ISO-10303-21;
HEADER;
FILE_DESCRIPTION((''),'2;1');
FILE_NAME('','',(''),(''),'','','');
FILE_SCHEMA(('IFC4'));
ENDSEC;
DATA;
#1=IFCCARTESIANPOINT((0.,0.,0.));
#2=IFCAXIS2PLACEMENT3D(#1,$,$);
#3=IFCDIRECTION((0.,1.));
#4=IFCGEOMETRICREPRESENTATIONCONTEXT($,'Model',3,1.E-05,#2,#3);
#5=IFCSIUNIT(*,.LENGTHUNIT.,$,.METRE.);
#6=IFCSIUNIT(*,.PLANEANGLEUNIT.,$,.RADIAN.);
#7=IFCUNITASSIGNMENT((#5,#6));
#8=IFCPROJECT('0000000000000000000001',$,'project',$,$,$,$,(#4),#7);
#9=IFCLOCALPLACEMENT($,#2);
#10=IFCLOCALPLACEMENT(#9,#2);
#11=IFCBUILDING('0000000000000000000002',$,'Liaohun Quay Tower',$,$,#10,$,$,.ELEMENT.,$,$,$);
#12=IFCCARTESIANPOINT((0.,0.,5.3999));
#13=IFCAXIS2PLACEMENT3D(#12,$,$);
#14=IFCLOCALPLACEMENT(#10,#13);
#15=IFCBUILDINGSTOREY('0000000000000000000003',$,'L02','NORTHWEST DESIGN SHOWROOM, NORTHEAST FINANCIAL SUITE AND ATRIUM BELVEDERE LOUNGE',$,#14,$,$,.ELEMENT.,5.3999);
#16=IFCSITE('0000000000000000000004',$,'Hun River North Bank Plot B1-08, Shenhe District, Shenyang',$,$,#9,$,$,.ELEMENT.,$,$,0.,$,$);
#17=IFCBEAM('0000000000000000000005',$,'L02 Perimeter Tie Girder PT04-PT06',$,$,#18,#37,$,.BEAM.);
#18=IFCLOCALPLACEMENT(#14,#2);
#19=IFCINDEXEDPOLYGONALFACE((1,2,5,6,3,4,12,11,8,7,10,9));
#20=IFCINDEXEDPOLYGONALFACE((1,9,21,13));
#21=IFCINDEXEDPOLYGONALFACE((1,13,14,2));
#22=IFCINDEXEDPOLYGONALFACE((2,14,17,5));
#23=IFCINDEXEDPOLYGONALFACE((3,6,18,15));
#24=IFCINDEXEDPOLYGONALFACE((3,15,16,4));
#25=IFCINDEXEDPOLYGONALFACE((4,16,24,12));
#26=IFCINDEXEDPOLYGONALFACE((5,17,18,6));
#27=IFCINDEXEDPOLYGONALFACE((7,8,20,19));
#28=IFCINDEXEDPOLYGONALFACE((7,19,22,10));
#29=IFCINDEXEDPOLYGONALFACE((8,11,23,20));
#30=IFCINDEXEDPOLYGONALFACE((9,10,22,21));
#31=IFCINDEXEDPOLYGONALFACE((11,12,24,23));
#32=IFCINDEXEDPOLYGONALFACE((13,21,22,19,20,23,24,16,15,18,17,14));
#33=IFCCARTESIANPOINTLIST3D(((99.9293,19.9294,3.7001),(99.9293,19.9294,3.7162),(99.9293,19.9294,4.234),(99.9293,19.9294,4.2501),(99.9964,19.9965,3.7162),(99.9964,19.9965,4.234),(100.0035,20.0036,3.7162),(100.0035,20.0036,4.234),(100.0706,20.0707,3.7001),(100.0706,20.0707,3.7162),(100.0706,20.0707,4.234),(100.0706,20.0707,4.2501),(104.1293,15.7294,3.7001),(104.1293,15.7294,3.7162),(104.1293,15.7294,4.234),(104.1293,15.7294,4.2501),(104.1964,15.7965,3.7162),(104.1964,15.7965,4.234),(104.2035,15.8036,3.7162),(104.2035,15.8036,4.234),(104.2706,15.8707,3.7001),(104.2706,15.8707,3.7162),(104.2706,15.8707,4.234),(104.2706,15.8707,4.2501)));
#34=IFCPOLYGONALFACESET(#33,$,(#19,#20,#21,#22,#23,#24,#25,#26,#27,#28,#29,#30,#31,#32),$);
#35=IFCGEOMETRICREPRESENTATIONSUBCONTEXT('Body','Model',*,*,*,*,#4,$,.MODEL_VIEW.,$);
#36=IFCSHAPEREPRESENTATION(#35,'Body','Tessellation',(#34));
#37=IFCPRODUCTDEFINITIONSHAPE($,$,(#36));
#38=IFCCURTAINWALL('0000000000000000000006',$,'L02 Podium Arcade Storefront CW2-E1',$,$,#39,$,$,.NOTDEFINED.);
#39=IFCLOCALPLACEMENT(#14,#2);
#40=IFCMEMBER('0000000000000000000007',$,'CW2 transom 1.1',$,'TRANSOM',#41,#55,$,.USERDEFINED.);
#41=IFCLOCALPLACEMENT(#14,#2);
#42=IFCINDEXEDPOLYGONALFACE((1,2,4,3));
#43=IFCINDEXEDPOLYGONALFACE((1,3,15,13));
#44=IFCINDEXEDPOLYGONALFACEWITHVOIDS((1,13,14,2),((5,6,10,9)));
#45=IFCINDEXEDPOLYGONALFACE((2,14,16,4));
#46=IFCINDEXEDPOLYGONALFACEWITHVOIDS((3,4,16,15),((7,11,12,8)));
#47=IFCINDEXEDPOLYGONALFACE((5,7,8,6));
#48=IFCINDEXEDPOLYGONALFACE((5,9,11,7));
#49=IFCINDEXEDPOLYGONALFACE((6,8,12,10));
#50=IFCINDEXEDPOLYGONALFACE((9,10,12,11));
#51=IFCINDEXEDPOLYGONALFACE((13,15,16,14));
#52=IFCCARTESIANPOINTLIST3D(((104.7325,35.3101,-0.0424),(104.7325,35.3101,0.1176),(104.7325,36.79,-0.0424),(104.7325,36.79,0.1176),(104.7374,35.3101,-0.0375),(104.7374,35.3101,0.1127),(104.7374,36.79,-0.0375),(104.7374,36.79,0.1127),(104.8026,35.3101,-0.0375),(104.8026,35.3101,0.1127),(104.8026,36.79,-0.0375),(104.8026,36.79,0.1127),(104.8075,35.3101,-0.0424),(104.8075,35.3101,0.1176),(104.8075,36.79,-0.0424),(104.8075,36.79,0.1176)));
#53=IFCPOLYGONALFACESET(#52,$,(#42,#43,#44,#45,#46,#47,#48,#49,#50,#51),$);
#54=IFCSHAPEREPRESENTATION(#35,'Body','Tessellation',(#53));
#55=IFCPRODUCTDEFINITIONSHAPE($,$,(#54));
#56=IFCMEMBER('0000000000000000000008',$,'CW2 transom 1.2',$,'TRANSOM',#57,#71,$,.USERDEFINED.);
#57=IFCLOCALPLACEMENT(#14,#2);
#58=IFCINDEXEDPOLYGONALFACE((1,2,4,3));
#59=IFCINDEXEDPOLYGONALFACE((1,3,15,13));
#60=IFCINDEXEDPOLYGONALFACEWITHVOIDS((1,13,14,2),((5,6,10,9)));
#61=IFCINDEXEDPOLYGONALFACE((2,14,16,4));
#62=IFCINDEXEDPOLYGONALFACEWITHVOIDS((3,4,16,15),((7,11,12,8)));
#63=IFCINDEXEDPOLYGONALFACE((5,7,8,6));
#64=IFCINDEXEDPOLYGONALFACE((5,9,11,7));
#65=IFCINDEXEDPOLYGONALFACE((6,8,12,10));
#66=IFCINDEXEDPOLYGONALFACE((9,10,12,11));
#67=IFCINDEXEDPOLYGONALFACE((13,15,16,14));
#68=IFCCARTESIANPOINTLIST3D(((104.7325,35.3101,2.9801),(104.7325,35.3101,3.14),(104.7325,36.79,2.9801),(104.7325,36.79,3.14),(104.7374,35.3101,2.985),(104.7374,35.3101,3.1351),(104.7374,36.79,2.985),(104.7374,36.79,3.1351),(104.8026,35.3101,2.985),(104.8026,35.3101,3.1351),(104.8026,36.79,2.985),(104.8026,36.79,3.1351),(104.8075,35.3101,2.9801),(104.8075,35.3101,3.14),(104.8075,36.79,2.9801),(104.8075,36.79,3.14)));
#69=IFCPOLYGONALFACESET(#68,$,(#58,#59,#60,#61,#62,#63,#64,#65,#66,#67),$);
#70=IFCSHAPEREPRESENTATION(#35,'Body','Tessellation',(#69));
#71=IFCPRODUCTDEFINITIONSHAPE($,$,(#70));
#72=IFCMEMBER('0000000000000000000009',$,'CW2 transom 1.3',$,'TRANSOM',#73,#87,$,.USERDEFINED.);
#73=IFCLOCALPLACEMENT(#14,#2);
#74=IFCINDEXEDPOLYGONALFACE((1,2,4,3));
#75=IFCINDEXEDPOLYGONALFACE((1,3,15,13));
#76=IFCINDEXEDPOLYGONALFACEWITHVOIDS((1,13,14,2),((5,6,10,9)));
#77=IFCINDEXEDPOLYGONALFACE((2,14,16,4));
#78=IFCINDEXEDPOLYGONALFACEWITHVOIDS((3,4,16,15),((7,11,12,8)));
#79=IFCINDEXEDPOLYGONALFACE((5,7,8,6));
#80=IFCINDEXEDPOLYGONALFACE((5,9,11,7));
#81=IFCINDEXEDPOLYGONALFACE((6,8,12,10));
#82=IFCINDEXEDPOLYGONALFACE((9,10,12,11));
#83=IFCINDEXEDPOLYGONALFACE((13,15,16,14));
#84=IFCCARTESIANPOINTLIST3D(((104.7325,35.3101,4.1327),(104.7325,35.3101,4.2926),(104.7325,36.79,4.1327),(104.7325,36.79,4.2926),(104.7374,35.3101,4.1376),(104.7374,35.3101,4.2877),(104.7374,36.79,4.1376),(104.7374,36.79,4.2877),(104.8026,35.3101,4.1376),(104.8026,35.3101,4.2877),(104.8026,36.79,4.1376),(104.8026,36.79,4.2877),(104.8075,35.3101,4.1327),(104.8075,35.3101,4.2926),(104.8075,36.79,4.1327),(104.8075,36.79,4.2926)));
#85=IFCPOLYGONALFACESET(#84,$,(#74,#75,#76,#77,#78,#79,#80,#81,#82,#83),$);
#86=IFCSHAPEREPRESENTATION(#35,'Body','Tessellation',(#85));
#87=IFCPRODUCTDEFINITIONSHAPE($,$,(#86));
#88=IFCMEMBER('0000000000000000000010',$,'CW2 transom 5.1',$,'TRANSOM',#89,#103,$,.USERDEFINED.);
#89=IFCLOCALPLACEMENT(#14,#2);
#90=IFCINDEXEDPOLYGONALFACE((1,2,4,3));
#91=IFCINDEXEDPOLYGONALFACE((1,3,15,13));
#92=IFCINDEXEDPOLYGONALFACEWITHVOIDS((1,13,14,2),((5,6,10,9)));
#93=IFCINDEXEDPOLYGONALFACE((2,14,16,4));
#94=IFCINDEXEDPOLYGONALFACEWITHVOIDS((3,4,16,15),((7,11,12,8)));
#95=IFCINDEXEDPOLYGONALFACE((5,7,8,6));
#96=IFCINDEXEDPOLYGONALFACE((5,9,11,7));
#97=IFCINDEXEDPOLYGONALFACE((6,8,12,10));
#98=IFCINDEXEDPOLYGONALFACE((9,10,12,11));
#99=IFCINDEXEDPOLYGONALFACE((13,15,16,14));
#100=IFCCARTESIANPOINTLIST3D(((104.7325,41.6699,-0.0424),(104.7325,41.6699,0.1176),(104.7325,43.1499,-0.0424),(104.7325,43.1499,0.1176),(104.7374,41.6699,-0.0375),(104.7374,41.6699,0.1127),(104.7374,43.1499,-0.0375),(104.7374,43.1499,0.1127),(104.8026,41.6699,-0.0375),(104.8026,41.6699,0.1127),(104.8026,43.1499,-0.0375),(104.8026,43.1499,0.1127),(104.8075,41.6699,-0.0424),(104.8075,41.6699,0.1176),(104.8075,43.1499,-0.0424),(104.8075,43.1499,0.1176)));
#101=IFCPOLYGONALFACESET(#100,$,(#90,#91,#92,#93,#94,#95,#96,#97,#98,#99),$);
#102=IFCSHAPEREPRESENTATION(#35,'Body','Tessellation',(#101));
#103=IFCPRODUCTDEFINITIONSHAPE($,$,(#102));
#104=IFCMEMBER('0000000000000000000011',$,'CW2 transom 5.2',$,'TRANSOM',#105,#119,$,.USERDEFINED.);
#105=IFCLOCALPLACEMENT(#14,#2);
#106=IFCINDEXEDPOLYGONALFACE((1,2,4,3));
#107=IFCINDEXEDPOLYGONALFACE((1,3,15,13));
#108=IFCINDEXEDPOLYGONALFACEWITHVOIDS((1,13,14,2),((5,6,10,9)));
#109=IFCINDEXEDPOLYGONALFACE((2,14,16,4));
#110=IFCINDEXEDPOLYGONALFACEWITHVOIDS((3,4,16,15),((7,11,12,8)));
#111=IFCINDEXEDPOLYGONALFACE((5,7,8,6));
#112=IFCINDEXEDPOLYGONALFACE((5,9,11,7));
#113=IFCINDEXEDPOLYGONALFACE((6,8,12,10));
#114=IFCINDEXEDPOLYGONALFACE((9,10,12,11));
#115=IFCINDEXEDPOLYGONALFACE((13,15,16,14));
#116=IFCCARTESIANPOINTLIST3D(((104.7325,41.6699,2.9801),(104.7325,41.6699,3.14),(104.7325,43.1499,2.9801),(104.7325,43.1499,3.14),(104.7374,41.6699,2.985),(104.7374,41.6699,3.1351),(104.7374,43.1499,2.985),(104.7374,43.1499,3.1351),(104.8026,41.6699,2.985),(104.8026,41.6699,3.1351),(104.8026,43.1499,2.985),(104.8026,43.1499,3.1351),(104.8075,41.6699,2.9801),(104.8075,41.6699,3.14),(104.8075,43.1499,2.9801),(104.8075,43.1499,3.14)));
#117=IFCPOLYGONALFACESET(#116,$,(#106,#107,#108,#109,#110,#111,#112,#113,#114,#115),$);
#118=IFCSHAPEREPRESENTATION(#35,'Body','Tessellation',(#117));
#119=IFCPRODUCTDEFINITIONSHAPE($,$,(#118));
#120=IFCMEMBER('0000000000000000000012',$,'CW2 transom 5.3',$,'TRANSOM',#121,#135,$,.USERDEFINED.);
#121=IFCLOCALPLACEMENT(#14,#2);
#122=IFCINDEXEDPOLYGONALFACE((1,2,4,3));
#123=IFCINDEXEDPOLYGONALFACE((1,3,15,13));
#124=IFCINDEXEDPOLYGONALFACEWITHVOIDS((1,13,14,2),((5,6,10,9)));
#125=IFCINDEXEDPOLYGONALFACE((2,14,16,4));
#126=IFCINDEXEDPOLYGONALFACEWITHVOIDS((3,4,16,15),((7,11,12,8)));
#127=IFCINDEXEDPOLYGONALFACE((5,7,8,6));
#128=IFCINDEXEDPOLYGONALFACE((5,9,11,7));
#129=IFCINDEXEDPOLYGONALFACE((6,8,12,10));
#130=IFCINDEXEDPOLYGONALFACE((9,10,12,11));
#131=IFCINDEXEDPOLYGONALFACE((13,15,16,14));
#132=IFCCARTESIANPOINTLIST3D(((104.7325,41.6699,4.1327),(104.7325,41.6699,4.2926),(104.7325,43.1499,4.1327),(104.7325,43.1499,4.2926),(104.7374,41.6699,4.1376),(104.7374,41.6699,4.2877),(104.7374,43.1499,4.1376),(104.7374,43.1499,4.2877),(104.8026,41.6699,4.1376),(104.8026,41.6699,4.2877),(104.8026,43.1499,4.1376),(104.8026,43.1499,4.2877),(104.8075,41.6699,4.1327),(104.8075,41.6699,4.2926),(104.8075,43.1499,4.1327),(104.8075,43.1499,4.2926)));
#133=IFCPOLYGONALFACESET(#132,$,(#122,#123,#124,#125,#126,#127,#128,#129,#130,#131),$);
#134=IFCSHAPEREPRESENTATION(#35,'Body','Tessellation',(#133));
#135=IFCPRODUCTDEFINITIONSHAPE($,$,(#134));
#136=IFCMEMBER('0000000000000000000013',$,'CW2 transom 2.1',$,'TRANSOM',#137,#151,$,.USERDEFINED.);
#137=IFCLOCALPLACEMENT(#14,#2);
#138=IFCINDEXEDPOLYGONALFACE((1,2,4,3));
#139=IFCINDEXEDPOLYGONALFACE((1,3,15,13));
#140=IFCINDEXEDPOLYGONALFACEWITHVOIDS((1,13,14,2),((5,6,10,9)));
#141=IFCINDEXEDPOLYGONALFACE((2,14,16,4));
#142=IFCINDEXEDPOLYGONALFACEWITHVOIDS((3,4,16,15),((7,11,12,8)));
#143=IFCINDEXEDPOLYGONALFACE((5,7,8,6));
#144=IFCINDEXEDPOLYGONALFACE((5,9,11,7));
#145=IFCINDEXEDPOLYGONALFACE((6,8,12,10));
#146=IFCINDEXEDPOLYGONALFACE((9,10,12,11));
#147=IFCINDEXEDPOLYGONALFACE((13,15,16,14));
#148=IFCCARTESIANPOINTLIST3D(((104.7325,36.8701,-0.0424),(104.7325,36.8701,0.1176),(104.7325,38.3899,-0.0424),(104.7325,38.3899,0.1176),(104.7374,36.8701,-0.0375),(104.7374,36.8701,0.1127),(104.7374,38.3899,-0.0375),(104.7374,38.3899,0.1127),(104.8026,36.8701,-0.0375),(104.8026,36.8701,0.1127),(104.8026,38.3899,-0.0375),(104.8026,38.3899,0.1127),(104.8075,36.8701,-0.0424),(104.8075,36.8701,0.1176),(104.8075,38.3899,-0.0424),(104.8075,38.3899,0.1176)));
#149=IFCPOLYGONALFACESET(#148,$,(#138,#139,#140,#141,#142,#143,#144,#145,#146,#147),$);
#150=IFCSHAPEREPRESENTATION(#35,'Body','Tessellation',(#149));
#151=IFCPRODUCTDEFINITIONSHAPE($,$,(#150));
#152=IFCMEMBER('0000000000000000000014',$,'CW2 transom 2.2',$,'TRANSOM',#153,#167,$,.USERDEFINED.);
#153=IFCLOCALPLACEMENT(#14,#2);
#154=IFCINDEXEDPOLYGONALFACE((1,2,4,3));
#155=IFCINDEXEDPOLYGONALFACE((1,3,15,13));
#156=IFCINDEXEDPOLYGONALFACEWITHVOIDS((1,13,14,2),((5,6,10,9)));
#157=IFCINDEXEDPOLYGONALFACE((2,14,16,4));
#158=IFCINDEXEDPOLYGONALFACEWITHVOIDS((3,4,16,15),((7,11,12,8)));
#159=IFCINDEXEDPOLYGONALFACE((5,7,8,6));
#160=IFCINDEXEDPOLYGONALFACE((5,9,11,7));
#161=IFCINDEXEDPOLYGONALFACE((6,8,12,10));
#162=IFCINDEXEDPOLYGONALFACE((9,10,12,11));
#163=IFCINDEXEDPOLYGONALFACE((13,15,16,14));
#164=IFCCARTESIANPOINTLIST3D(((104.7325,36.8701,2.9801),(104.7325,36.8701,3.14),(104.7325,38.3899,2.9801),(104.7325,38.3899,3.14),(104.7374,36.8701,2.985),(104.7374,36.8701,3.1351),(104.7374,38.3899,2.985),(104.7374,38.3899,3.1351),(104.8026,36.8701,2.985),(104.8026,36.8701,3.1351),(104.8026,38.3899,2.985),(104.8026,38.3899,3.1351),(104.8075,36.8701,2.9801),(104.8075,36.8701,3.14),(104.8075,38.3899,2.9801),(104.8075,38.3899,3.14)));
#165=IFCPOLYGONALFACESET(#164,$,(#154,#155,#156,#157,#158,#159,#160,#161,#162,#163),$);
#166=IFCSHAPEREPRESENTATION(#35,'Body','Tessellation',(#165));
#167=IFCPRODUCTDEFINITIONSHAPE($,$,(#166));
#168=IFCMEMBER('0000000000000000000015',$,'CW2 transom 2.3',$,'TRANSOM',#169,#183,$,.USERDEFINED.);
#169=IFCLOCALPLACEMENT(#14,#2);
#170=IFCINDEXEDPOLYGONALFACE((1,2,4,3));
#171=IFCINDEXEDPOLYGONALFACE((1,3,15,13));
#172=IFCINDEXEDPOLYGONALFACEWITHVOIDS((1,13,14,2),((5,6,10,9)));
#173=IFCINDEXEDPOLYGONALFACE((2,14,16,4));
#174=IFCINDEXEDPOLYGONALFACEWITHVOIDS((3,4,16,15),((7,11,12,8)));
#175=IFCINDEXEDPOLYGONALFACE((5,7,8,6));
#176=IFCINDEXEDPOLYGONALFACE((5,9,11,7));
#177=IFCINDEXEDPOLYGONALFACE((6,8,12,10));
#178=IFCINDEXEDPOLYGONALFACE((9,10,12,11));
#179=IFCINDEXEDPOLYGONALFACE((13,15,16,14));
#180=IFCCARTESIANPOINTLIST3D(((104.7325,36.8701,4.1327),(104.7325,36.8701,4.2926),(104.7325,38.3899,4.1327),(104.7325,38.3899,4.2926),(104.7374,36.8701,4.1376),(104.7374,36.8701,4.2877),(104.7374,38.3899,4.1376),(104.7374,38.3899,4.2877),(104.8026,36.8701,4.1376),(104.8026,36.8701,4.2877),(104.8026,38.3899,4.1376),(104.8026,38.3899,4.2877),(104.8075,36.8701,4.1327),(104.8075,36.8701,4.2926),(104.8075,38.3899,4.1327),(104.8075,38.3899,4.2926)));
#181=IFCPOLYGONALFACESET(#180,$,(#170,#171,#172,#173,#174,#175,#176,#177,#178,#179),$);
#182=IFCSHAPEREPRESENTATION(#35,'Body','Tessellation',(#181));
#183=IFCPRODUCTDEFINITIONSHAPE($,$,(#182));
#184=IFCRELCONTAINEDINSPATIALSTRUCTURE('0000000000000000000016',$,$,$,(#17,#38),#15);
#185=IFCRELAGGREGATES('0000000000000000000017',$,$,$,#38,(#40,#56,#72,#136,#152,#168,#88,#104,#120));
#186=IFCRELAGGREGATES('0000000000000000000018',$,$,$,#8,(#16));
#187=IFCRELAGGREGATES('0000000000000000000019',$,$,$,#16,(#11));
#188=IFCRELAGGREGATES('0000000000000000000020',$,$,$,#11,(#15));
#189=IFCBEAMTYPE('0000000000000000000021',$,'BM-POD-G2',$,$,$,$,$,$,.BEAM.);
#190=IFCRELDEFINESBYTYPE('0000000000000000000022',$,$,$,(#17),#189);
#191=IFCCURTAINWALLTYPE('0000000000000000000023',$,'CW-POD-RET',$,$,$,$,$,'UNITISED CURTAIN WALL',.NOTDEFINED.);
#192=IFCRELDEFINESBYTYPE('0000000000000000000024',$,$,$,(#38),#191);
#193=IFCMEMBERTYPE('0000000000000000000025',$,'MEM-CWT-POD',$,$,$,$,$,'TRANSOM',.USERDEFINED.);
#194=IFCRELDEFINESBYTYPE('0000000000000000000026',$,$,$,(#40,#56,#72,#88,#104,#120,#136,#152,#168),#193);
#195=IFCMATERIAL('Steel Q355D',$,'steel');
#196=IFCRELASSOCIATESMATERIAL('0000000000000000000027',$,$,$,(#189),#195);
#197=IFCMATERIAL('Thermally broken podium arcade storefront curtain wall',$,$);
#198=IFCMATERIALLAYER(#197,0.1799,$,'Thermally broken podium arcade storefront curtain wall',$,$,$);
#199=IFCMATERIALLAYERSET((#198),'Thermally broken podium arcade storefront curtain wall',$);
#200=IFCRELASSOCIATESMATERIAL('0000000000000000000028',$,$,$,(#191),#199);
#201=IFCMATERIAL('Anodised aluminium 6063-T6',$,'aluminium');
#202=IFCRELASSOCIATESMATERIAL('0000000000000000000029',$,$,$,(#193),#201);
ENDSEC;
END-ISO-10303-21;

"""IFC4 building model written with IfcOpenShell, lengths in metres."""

from ifc_helpers import new_model, si_unit, direction, frame, origin, origin_2d, place, context, subcontext, project, spatial, hollow_rectangle, i_section, extrude, source, transform, mapped, material, layer, layer_set, material_profile, profile_set, type_object, element, aggregate, save


model = new_model("IFC4")

# Units and contexts
model_context = context("Model", 3, precision=1e-05, world=origin(), true_north=direction((0.0, 1.0)))
body_context = subcontext(model_context, "Body", "Model", "MODEL_VIEW")
ifc_project = project(units=[si_unit("LENGTHUNIT", "METRE"), si_unit("PLANEANGLEUNIT", "RADIAN")], contexts=[model_context])

# Site, building, storey
site_placement = place(None, origin())
site = spatial("IfcSite", under=ifc_project, at=site_placement, Name="Hun River North Bank Plot B1-08, Shenhe District, Shenyang", CompositionType="ELEMENT", RefElevation=0.0)
building_placement = place(site_placement, origin())
building = spatial("IfcBuilding", under=site, at=building_placement, Name="Liaohun Quay Tower", CompositionType="ELEMENT")
storey_placement = place(building_placement, frame((0.0, 0.0, 5.3999)))
storey = spatial("IfcBuildingStorey", under=building, at=storey_placement, Name="L02", Description="NORTHWEST DESIGN SHOWROOM, NORTHEAST FINANCIAL SUITE AND ATRIUM BELVEDERE LOUNGE", CompositionType="ELEMENT", Elevation=5.3999)

# Beam
ifc_material_1 = material(Name="Steel Q355D", Category="steel")
ifc_material_profile_1 = material_profile(ifc_material_1, i_section(OverallWidth=0.2, OverallDepth=0.55, WebThickness=0.01, FlangeThickness=0.0161, at=origin_2d()), Name="HN550x200x10x16")
ifc_profile_set_1 = profile_set([ifc_material_profile_1], Name="Steel Q355D")
beam_type = type_object("IfcBeamType", Name="BM-POD-G2", PredefinedType="BEAM", material=ifc_profile_set_1)
shared_shape_1 = source(origin(), body_context, "Body", "SweptSolid", [
    extrude(i_section(OverallWidth=0.2, OverallDepth=0.55, WebThickness=0.01, FlangeThickness=0.0161, at=origin_2d()), origin(), (0.0, 0.0, 1.0), 5.9397),
])
beam_placement = place(storey_placement, frame((104.2, 15.8, 3.9751), z_axis=(-0.707107, 0.707107, 0.0), x_axis=(-0.707107, -0.707107, 0.0)))
element("IfcBeam", 1, at=beam_placement, inside=storey, type_object=beam_type, Name="L02 Perimeter Tie Girder PT04-PT06", PredefinedType="BEAM", context=body_context, shape_type="MappedRepresentation", body=[
    mapped(shared_shape_1, transform((0.0, 0.0, 0.0), x_axis=(1.0, 0.0, 0.0), y_axis=(0.0, 1.0, 0.0), z_axis=(0.0, 0.0, 1.0), scale=1.0)),
])

# Curtain wall, members
ifc_material_2 = material(Name="Thermally broken podium arcade storefront curtain wall")
ifc_layer_1 = layer(ifc_material_2, 0.1799, Name="Thermally broken podium arcade storefront curtain wall")
ifc_layer_set_1 = layer_set([ifc_layer_1], Name="Thermally broken podium arcade storefront curtain wall")
curtain_wall_type = type_object("IfcCurtainWallType", Name="CW-POD-RET", ElementType="UNITISED CURTAIN WALL", PredefinedType="NOTDEFINED", material=ifc_layer_set_1)
curtain_wall_placement = place(storey_placement, origin())
curtain_wall = element("IfcCurtainWall", 2, at=curtain_wall_placement, inside=storey, type_object=curtain_wall_type, Name="L02 Podium Arcade Storefront CW2-E1", PredefinedType="NOTDEFINED")
ifc_material_3 = material(Name="Anodised aluminium 6063-T6", Category="aluminium")
ifc_material_profile_2 = material_profile(ifc_material_3, hollow_rectangle(XDim=0.075, YDim=0.1599, WallThickness=0.0049, at=origin_2d()), Name="RHS160x75x5")
ifc_profile_set_2 = profile_set([ifc_material_profile_2], Name="Anodised aluminium 6063-T6")
member_type_1 = type_object("IfcMemberType", Name="MEM-CWT-POD", ElementType="TRANSOM", PredefinedType="USERDEFINED", material=ifc_profile_set_2)
shared_shape_2 = source(origin(), body_context, "Body", "SweptSolid", [
    extrude(hollow_rectangle(XDim=0.075, YDim=0.1599, WallThickness=0.0049, at=origin_2d()), origin(), (0.0, 0.0, 1.0), 1.48),
])
member_1_placement = place(storey_placement, frame((104.77, 35.3101, 0.0376), z_axis=(0.0, 1.0, 0.0), x_axis=(-1.0, 0.0, 0.0)))
member_1 = element("IfcMember", 3, at=member_1_placement, type_object=member_type_1, Name="CW2 transom 1.1", ObjectType="TRANSOM", PredefinedType="USERDEFINED", context=body_context, shape_type="MappedRepresentation", body=[
    mapped(shared_shape_2, transform((0.0, 0.0, 0.0), x_axis=(1.0, 0.0, 0.0), y_axis=(0.0, 1.0, 0.0), z_axis=(0.0, 0.0, 1.0), scale=1.0)),
])
member_2_placement = place(storey_placement, frame((104.77, 35.3101, 3.0601), z_axis=(0.0, 1.0, 0.0), x_axis=(-1.0, 0.0, 0.0)))
member_2 = element("IfcMember", 4, at=member_2_placement, type_object=member_type_1, Name="CW2 transom 1.2", ObjectType="TRANSOM", PredefinedType="USERDEFINED", context=body_context, shape_type="MappedRepresentation", body=[
    mapped(shared_shape_2, transform((0.0, 0.0, 0.0), x_axis=(1.0, 0.0, 0.0), y_axis=(0.0, 1.0, 0.0), z_axis=(0.0, 0.0, 1.0), scale=1.0)),
])
member_3_placement = place(storey_placement, frame((104.77, 35.3101, 4.2126), z_axis=(0.0, 1.0, 0.0), x_axis=(-1.0, 0.0, 0.0)))
member_3 = element("IfcMember", 5, at=member_3_placement, type_object=member_type_1, Name="CW2 transom 1.3", ObjectType="TRANSOM", PredefinedType="USERDEFINED", context=body_context, shape_type="MappedRepresentation", body=[
    mapped(shared_shape_2, transform((0.0, 0.0, 0.0), x_axis=(1.0, 0.0, 0.0), y_axis=(0.0, 1.0, 0.0), z_axis=(0.0, 0.0, 1.0), scale=1.0)),
])
member_4_placement = place(storey_placement, frame((104.77, 41.6699, 0.0376), z_axis=(0.0, 1.0, 0.0), x_axis=(-1.0, 0.0, 0.0)))
member_4 = element("IfcMember", 6, at=member_4_placement, type_object=member_type_1, Name="CW2 transom 5.1", ObjectType="TRANSOM", PredefinedType="USERDEFINED", context=body_context, shape_type="MappedRepresentation", body=[
    mapped(shared_shape_2, transform((0.0, 0.0, 0.0), x_axis=(1.0, 0.0, 0.0), y_axis=(0.0, 1.0, 0.0), z_axis=(0.0, 0.0, 1.0), scale=1.0)),
])
member_5_placement = place(storey_placement, frame((104.77, 41.6699, 3.0601), z_axis=(0.0, 1.0, 0.0), x_axis=(-1.0, 0.0, 0.0)))
member_5 = element("IfcMember", 7, at=member_5_placement, type_object=member_type_1, Name="CW2 transom 5.2", ObjectType="TRANSOM", PredefinedType="USERDEFINED", context=body_context, shape_type="MappedRepresentation", body=[
    mapped(shared_shape_2, transform((0.0, 0.0, 0.0), x_axis=(1.0, 0.0, 0.0), y_axis=(0.0, 1.0, 0.0), z_axis=(0.0, 0.0, 1.0), scale=1.0)),
])
member_6_placement = place(storey_placement, frame((104.77, 41.6699, 4.2126), z_axis=(0.0, 1.0, 0.0), x_axis=(-1.0, 0.0, 0.0)))
member_6 = element("IfcMember", 8, at=member_6_placement, type_object=member_type_1, Name="CW2 transom 5.3", ObjectType="TRANSOM", PredefinedType="USERDEFINED", context=body_context, shape_type="MappedRepresentation", body=[
    mapped(shared_shape_2, transform((0.0, 0.0, 0.0), x_axis=(1.0, 0.0, 0.0), y_axis=(0.0, 1.0, 0.0), z_axis=(0.0, 0.0, 1.0), scale=1.0)),
])
shared_shape_3 = source(origin(), body_context, "Body", "SweptSolid", [
    extrude(hollow_rectangle(XDim=0.075, YDim=0.1599, WallThickness=0.0049, at=origin_2d()), origin(), (0.0, 0.0, 1.0), 1.5198),
])
member_7_placement = place(storey_placement, frame((104.77, 36.8701, 0.0376), z_axis=(0.0, 1.0, 0.0), x_axis=(-1.0, 0.0, 0.0)))
member_7 = element("IfcMember", 9, at=member_7_placement, type_object=member_type_1, Name="CW2 transom 2.1", ObjectType="TRANSOM", PredefinedType="USERDEFINED", context=body_context, shape_type="MappedRepresentation", body=[
    mapped(shared_shape_3, transform((0.0, 0.0, 0.0), x_axis=(1.0, 0.0, 0.0), y_axis=(0.0, 1.0, 0.0), z_axis=(0.0, 0.0, 1.0), scale=1.0)),
])
member_8_placement = place(storey_placement, frame((104.77, 36.8701, 3.0601), z_axis=(0.0, 1.0, 0.0), x_axis=(-1.0, 0.0, 0.0)))
member_8 = element("IfcMember", 10, at=member_8_placement, type_object=member_type_1, Name="CW2 transom 2.2", ObjectType="TRANSOM", PredefinedType="USERDEFINED", context=body_context, shape_type="MappedRepresentation", body=[
    mapped(shared_shape_3, transform((0.0, 0.0, 0.0), x_axis=(1.0, 0.0, 0.0), y_axis=(0.0, 1.0, 0.0), z_axis=(0.0, 0.0, 1.0), scale=1.0)),
])
member_9_placement = place(storey_placement, frame((104.77, 36.8701, 4.2126), z_axis=(0.0, 1.0, 0.0), x_axis=(-1.0, 0.0, 0.0)))
member_9 = element("IfcMember", 11, at=member_9_placement, type_object=member_type_1, Name="CW2 transom 2.3", ObjectType="TRANSOM", PredefinedType="USERDEFINED", context=body_context, shape_type="MappedRepresentation", body=[
    mapped(shared_shape_3, transform((0.0, 0.0, 0.0), x_axis=(1.0, 0.0, 0.0), y_axis=(0.0, 1.0, 0.0), z_axis=(0.0, 0.0, 1.0), scale=1.0)),
])
aggregate(curtain_wall, [member_1, member_2, member_3, member_7, member_8, member_9, member_4, member_5, member_6])

save(model, "model.ifc")
